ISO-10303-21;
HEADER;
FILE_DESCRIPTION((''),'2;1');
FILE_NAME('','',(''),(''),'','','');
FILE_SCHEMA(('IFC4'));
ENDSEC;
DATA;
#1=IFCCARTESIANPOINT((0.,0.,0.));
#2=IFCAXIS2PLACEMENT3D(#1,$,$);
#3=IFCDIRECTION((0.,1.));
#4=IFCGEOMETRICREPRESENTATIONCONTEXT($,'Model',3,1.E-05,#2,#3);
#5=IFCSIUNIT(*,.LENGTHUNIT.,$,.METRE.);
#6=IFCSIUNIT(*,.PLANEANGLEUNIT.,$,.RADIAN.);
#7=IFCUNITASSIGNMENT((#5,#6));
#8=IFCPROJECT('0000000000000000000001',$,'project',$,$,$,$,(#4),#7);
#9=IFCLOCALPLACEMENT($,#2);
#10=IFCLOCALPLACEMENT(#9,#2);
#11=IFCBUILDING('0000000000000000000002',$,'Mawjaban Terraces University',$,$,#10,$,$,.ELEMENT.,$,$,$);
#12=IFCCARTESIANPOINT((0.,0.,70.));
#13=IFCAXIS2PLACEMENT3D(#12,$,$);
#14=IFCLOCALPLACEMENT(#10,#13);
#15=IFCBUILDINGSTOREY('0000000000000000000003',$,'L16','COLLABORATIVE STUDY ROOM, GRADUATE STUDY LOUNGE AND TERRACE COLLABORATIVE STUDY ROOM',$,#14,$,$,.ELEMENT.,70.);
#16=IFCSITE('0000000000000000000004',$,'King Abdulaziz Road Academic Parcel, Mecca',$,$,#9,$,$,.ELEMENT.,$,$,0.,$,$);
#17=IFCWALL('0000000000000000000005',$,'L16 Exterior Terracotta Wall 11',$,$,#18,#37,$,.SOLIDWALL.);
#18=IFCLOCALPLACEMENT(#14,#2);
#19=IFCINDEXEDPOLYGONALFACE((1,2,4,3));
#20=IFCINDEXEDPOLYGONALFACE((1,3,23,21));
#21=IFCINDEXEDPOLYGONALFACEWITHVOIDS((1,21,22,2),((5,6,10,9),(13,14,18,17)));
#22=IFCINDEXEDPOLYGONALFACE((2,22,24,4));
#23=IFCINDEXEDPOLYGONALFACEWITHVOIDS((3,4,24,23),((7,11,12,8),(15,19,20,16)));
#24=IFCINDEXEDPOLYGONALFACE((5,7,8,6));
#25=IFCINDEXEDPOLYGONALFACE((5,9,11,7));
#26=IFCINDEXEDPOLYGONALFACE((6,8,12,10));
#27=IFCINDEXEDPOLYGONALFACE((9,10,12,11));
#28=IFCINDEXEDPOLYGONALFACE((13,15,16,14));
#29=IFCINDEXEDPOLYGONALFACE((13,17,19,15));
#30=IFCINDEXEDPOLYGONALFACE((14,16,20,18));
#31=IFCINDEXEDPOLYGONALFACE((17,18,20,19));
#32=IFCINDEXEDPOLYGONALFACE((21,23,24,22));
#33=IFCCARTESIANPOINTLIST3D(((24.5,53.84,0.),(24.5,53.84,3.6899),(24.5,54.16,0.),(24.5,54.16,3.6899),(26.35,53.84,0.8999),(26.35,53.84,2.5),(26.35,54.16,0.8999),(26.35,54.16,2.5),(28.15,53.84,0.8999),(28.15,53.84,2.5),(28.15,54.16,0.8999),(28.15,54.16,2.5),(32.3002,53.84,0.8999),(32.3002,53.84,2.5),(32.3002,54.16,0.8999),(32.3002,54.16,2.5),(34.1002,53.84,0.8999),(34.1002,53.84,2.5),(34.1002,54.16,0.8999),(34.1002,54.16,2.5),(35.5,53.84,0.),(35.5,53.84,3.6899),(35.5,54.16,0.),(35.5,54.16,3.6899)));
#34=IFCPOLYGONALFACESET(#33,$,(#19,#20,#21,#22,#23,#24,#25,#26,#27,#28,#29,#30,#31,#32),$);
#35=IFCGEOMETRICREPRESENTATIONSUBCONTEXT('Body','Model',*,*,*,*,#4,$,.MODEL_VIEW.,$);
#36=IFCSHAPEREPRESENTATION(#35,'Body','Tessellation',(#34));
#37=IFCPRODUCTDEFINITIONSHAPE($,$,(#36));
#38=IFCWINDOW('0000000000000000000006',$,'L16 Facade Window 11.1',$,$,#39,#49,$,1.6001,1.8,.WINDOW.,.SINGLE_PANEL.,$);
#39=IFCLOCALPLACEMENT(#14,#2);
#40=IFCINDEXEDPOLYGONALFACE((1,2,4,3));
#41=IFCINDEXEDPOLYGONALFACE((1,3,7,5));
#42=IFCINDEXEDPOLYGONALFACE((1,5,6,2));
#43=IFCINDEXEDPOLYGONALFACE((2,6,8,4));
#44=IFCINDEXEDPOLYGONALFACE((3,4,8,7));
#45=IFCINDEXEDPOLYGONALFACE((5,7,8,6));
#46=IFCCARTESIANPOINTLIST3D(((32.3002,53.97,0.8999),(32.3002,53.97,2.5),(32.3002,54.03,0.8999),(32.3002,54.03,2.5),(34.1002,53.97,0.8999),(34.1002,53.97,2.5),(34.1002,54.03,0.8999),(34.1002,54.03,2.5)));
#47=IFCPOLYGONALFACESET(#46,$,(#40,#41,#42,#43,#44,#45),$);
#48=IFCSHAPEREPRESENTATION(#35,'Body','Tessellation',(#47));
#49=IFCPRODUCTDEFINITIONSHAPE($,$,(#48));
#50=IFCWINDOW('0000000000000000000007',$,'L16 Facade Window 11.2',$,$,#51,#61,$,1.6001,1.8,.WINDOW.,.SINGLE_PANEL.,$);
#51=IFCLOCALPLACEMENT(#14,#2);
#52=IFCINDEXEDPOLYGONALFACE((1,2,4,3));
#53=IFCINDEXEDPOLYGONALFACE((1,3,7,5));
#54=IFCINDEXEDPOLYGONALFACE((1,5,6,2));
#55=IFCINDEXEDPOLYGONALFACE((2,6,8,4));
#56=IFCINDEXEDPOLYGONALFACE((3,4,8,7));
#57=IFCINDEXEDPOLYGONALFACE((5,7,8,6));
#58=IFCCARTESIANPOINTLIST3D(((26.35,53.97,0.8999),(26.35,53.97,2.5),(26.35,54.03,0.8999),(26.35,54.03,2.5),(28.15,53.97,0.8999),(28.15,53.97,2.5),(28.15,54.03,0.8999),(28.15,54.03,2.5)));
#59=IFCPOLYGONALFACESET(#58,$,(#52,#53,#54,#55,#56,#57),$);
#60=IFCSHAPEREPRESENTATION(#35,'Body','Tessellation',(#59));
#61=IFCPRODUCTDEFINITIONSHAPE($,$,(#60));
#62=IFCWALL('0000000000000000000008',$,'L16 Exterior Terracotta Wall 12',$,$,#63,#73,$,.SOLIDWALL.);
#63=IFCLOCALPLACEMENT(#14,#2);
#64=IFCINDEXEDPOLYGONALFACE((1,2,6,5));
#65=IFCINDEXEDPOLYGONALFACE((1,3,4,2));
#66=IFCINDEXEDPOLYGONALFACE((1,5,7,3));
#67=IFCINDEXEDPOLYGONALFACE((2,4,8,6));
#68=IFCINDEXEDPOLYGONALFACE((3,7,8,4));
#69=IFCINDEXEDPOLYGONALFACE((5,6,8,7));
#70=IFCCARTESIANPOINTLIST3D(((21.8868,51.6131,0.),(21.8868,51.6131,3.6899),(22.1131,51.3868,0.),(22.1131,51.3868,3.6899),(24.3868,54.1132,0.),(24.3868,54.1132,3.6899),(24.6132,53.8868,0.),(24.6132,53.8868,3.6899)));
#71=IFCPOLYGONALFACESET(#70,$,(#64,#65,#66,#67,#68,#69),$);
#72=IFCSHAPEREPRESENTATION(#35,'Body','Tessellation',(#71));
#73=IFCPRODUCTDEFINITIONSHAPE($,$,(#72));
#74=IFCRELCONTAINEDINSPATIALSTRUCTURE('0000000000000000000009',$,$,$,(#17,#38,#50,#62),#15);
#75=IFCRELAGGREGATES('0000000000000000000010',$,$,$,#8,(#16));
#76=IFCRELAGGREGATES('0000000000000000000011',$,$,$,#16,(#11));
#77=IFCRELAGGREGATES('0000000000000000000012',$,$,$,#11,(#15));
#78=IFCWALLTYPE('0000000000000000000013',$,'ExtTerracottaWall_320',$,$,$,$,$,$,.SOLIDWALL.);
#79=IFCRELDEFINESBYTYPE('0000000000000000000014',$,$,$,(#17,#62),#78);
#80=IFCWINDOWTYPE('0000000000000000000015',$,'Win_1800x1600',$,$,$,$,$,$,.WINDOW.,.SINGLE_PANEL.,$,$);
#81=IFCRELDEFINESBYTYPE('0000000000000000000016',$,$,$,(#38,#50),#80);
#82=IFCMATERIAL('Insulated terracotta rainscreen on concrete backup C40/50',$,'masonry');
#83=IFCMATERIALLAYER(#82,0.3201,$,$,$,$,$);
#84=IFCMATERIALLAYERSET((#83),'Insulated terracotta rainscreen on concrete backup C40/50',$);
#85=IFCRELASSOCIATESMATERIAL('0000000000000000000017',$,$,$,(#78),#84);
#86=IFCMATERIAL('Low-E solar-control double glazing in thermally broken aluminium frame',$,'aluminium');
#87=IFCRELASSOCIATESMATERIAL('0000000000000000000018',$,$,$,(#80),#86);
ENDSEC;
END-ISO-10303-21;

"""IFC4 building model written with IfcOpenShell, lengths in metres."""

from ifc_helpers import new_model, si_unit, direction, frame, frame_2d, origin, place, context, subcontext, project, spatial, rectangle, extrude, material, layer, layer_set, type_object, element, fill, save


model = new_model("IFC4")

# Units and contexts
model_context = context("Model", 3, precision=1e-05, world=origin(), true_north=direction((0.0, 1.0)))
body_context = subcontext(model_context, "Body", "Model", "MODEL_VIEW")
ifc_project = project(units=[si_unit("LENGTHUNIT", "METRE"), si_unit("PLANEANGLEUNIT", "RADIAN")], contexts=[model_context])

# Site, building, storey
site_placement = place(None, origin())
site = spatial("IfcSite", under=ifc_project, at=site_placement, Name="King Abdulaziz Road Academic Parcel, Mecca", CompositionType="ELEMENT", RefElevation=0.0)
building_placement = place(site_placement, origin())
building = spatial("IfcBuilding", under=site, at=building_placement, Name="Mawjaban Terraces University", CompositionType="ELEMENT")
storey_placement = place(building_placement, frame((0.0, 0.0, 70.0)))
storey = spatial("IfcBuildingStorey", under=building, at=storey_placement, Name="L16", Description="COLLABORATIVE STUDY ROOM, GRADUATE STUDY LOUNGE AND TERRACE COLLABORATIVE STUDY ROOM", CompositionType="ELEMENT", Elevation=70.0)

# Wall, openings, windows
ifc_material_1 = material(Name="Insulated terracotta rainscreen on concrete backup C40/50", Category="masonry")
ifc_layer_1 = layer(ifc_material_1, 0.3201)
ifc_layer_set_1 = layer_set([ifc_layer_1], Name="Insulated terracotta rainscreen on concrete backup C40/50")
wall_type_1 = type_object("IfcWallType", Name="ExtTerracottaWall_320", PredefinedType="SOLIDWALL", material=ifc_layer_set_1)
wall_1_placement = place(storey_placement, frame((35.5, 54.0, 0.0), z_axis=(0.0, 0.0, 1.0), x_axis=(-1.0, 0.0, 0.0)))
wall_1 = element("IfcWall", 1, at=wall_1_placement, inside=storey, type_object=wall_type_1, Name="L16 Exterior Terracotta Wall 11", PredefinedType="SOLIDWALL", context=body_context, shape_type="SweptSolid", body=[
    extrude(rectangle(XDim=11.0, YDim=0.3201, at=frame_2d((5.5, 0.0))), origin(), (0.0, 0.0, 1.0), 3.6899),
])
opening_1_placement = place(wall_1_placement, frame((1.3999, 0.0, 0.8999)))
opening_1 = element("IfcOpeningElement", 2, at=opening_1_placement, cuts=wall_1, PredefinedType="OPENING", context=body_context, shape_type="SweptSolid", body=[
    extrude(rectangle(XDim=1.8, YDim=1.6001, at=frame_2d((0.8999, 0.8))), frame((0.0, 0.1699, 0.0), z_axis=(0.0, -1.0, 0.0), x_axis=(1.0, 0.0, 0.0)), (0.0, 0.0, 1.0), 0.3401),
])
opening_2_placement = place(wall_1_placement, frame((7.3501, 0.0, 0.8999)))
opening_2 = element("IfcOpeningElement", 3, at=opening_2_placement, cuts=wall_1, PredefinedType="OPENING", context=body_context, shape_type="SweptSolid", body=[
    extrude(rectangle(XDim=1.8, YDim=1.6001, at=frame_2d((0.8999, 0.8))), frame((0.0, 0.1699, 0.0), z_axis=(0.0, -1.0, 0.0), x_axis=(1.0, 0.0, 0.0)), (0.0, 0.0, 1.0), 0.3401),
])
ifc_material_2 = material(Name="Low-E solar-control double glazing in thermally broken aluminium frame", Category="aluminium")
window_type_1 = type_object("IfcWindowType", Name="Win_1800x1600", PartitioningType="SINGLE_PANEL", PredefinedType="WINDOW", material=ifc_material_2)
window_1_placement = place(opening_1_placement, origin())
window_1 = element("IfcWindow", 4, at=window_1_placement, inside=storey, type_object=window_type_1, Name="L16 Facade Window 11.1", OverallHeight=1.6001, OverallWidth=1.8, PartitioningType="SINGLE_PANEL", PredefinedType="WINDOW", context=body_context, shape_type="SweptSolid", body=[
    extrude(rectangle(XDim=1.8, YDim=1.6001, at=frame_2d((0.8999, 0.8))), frame((0.0, 0.03, 0.0), z_axis=(0.0, -1.0, 0.0), x_axis=(1.0, 0.0, 0.0)), (0.0, 0.0, 1.0), 0.0601),
])
fill(opening_1, window_1)
window_2_placement = place(opening_2_placement, origin())
window_2 = element("IfcWindow", 5, at=window_2_placement, inside=storey, type_object=window_type_1, Name="L16 Facade Window 11.2", OverallHeight=1.6001, OverallWidth=1.8, PartitioningType="SINGLE_PANEL", PredefinedType="WINDOW", context=body_context, shape_type="SweptSolid", body=[
    extrude(rectangle(XDim=1.8, YDim=1.6001, at=frame_2d((0.8999, 0.8))), frame((0.0, 0.03, 0.0), z_axis=(0.0, -1.0, 0.0), x_axis=(1.0, 0.0, 0.0)), (0.0, 0.0, 1.0), 0.0601),
])
fill(opening_2, window_2)

# Wall
wall_2_placement = place(storey_placement, frame((24.5, 54.0, 0.0), z_axis=(0.0, 0.0, 1.0), x_axis=(-0.707107, -0.707107, 0.0)))
element("IfcWall", 6, at=wall_2_placement, inside=storey, type_object=wall_type_1, Name="L16 Exterior Terracotta Wall 12", PredefinedType="SOLIDWALL", context=body_context, shape_type="SweptSolid", body=[
    extrude(rectangle(XDim=3.5356, YDim=0.3201, at=frame_2d((1.7678, 0.0))), origin(), (0.0, 0.0, 1.0), 3.6899),
])

save(model, "model.ifc")
